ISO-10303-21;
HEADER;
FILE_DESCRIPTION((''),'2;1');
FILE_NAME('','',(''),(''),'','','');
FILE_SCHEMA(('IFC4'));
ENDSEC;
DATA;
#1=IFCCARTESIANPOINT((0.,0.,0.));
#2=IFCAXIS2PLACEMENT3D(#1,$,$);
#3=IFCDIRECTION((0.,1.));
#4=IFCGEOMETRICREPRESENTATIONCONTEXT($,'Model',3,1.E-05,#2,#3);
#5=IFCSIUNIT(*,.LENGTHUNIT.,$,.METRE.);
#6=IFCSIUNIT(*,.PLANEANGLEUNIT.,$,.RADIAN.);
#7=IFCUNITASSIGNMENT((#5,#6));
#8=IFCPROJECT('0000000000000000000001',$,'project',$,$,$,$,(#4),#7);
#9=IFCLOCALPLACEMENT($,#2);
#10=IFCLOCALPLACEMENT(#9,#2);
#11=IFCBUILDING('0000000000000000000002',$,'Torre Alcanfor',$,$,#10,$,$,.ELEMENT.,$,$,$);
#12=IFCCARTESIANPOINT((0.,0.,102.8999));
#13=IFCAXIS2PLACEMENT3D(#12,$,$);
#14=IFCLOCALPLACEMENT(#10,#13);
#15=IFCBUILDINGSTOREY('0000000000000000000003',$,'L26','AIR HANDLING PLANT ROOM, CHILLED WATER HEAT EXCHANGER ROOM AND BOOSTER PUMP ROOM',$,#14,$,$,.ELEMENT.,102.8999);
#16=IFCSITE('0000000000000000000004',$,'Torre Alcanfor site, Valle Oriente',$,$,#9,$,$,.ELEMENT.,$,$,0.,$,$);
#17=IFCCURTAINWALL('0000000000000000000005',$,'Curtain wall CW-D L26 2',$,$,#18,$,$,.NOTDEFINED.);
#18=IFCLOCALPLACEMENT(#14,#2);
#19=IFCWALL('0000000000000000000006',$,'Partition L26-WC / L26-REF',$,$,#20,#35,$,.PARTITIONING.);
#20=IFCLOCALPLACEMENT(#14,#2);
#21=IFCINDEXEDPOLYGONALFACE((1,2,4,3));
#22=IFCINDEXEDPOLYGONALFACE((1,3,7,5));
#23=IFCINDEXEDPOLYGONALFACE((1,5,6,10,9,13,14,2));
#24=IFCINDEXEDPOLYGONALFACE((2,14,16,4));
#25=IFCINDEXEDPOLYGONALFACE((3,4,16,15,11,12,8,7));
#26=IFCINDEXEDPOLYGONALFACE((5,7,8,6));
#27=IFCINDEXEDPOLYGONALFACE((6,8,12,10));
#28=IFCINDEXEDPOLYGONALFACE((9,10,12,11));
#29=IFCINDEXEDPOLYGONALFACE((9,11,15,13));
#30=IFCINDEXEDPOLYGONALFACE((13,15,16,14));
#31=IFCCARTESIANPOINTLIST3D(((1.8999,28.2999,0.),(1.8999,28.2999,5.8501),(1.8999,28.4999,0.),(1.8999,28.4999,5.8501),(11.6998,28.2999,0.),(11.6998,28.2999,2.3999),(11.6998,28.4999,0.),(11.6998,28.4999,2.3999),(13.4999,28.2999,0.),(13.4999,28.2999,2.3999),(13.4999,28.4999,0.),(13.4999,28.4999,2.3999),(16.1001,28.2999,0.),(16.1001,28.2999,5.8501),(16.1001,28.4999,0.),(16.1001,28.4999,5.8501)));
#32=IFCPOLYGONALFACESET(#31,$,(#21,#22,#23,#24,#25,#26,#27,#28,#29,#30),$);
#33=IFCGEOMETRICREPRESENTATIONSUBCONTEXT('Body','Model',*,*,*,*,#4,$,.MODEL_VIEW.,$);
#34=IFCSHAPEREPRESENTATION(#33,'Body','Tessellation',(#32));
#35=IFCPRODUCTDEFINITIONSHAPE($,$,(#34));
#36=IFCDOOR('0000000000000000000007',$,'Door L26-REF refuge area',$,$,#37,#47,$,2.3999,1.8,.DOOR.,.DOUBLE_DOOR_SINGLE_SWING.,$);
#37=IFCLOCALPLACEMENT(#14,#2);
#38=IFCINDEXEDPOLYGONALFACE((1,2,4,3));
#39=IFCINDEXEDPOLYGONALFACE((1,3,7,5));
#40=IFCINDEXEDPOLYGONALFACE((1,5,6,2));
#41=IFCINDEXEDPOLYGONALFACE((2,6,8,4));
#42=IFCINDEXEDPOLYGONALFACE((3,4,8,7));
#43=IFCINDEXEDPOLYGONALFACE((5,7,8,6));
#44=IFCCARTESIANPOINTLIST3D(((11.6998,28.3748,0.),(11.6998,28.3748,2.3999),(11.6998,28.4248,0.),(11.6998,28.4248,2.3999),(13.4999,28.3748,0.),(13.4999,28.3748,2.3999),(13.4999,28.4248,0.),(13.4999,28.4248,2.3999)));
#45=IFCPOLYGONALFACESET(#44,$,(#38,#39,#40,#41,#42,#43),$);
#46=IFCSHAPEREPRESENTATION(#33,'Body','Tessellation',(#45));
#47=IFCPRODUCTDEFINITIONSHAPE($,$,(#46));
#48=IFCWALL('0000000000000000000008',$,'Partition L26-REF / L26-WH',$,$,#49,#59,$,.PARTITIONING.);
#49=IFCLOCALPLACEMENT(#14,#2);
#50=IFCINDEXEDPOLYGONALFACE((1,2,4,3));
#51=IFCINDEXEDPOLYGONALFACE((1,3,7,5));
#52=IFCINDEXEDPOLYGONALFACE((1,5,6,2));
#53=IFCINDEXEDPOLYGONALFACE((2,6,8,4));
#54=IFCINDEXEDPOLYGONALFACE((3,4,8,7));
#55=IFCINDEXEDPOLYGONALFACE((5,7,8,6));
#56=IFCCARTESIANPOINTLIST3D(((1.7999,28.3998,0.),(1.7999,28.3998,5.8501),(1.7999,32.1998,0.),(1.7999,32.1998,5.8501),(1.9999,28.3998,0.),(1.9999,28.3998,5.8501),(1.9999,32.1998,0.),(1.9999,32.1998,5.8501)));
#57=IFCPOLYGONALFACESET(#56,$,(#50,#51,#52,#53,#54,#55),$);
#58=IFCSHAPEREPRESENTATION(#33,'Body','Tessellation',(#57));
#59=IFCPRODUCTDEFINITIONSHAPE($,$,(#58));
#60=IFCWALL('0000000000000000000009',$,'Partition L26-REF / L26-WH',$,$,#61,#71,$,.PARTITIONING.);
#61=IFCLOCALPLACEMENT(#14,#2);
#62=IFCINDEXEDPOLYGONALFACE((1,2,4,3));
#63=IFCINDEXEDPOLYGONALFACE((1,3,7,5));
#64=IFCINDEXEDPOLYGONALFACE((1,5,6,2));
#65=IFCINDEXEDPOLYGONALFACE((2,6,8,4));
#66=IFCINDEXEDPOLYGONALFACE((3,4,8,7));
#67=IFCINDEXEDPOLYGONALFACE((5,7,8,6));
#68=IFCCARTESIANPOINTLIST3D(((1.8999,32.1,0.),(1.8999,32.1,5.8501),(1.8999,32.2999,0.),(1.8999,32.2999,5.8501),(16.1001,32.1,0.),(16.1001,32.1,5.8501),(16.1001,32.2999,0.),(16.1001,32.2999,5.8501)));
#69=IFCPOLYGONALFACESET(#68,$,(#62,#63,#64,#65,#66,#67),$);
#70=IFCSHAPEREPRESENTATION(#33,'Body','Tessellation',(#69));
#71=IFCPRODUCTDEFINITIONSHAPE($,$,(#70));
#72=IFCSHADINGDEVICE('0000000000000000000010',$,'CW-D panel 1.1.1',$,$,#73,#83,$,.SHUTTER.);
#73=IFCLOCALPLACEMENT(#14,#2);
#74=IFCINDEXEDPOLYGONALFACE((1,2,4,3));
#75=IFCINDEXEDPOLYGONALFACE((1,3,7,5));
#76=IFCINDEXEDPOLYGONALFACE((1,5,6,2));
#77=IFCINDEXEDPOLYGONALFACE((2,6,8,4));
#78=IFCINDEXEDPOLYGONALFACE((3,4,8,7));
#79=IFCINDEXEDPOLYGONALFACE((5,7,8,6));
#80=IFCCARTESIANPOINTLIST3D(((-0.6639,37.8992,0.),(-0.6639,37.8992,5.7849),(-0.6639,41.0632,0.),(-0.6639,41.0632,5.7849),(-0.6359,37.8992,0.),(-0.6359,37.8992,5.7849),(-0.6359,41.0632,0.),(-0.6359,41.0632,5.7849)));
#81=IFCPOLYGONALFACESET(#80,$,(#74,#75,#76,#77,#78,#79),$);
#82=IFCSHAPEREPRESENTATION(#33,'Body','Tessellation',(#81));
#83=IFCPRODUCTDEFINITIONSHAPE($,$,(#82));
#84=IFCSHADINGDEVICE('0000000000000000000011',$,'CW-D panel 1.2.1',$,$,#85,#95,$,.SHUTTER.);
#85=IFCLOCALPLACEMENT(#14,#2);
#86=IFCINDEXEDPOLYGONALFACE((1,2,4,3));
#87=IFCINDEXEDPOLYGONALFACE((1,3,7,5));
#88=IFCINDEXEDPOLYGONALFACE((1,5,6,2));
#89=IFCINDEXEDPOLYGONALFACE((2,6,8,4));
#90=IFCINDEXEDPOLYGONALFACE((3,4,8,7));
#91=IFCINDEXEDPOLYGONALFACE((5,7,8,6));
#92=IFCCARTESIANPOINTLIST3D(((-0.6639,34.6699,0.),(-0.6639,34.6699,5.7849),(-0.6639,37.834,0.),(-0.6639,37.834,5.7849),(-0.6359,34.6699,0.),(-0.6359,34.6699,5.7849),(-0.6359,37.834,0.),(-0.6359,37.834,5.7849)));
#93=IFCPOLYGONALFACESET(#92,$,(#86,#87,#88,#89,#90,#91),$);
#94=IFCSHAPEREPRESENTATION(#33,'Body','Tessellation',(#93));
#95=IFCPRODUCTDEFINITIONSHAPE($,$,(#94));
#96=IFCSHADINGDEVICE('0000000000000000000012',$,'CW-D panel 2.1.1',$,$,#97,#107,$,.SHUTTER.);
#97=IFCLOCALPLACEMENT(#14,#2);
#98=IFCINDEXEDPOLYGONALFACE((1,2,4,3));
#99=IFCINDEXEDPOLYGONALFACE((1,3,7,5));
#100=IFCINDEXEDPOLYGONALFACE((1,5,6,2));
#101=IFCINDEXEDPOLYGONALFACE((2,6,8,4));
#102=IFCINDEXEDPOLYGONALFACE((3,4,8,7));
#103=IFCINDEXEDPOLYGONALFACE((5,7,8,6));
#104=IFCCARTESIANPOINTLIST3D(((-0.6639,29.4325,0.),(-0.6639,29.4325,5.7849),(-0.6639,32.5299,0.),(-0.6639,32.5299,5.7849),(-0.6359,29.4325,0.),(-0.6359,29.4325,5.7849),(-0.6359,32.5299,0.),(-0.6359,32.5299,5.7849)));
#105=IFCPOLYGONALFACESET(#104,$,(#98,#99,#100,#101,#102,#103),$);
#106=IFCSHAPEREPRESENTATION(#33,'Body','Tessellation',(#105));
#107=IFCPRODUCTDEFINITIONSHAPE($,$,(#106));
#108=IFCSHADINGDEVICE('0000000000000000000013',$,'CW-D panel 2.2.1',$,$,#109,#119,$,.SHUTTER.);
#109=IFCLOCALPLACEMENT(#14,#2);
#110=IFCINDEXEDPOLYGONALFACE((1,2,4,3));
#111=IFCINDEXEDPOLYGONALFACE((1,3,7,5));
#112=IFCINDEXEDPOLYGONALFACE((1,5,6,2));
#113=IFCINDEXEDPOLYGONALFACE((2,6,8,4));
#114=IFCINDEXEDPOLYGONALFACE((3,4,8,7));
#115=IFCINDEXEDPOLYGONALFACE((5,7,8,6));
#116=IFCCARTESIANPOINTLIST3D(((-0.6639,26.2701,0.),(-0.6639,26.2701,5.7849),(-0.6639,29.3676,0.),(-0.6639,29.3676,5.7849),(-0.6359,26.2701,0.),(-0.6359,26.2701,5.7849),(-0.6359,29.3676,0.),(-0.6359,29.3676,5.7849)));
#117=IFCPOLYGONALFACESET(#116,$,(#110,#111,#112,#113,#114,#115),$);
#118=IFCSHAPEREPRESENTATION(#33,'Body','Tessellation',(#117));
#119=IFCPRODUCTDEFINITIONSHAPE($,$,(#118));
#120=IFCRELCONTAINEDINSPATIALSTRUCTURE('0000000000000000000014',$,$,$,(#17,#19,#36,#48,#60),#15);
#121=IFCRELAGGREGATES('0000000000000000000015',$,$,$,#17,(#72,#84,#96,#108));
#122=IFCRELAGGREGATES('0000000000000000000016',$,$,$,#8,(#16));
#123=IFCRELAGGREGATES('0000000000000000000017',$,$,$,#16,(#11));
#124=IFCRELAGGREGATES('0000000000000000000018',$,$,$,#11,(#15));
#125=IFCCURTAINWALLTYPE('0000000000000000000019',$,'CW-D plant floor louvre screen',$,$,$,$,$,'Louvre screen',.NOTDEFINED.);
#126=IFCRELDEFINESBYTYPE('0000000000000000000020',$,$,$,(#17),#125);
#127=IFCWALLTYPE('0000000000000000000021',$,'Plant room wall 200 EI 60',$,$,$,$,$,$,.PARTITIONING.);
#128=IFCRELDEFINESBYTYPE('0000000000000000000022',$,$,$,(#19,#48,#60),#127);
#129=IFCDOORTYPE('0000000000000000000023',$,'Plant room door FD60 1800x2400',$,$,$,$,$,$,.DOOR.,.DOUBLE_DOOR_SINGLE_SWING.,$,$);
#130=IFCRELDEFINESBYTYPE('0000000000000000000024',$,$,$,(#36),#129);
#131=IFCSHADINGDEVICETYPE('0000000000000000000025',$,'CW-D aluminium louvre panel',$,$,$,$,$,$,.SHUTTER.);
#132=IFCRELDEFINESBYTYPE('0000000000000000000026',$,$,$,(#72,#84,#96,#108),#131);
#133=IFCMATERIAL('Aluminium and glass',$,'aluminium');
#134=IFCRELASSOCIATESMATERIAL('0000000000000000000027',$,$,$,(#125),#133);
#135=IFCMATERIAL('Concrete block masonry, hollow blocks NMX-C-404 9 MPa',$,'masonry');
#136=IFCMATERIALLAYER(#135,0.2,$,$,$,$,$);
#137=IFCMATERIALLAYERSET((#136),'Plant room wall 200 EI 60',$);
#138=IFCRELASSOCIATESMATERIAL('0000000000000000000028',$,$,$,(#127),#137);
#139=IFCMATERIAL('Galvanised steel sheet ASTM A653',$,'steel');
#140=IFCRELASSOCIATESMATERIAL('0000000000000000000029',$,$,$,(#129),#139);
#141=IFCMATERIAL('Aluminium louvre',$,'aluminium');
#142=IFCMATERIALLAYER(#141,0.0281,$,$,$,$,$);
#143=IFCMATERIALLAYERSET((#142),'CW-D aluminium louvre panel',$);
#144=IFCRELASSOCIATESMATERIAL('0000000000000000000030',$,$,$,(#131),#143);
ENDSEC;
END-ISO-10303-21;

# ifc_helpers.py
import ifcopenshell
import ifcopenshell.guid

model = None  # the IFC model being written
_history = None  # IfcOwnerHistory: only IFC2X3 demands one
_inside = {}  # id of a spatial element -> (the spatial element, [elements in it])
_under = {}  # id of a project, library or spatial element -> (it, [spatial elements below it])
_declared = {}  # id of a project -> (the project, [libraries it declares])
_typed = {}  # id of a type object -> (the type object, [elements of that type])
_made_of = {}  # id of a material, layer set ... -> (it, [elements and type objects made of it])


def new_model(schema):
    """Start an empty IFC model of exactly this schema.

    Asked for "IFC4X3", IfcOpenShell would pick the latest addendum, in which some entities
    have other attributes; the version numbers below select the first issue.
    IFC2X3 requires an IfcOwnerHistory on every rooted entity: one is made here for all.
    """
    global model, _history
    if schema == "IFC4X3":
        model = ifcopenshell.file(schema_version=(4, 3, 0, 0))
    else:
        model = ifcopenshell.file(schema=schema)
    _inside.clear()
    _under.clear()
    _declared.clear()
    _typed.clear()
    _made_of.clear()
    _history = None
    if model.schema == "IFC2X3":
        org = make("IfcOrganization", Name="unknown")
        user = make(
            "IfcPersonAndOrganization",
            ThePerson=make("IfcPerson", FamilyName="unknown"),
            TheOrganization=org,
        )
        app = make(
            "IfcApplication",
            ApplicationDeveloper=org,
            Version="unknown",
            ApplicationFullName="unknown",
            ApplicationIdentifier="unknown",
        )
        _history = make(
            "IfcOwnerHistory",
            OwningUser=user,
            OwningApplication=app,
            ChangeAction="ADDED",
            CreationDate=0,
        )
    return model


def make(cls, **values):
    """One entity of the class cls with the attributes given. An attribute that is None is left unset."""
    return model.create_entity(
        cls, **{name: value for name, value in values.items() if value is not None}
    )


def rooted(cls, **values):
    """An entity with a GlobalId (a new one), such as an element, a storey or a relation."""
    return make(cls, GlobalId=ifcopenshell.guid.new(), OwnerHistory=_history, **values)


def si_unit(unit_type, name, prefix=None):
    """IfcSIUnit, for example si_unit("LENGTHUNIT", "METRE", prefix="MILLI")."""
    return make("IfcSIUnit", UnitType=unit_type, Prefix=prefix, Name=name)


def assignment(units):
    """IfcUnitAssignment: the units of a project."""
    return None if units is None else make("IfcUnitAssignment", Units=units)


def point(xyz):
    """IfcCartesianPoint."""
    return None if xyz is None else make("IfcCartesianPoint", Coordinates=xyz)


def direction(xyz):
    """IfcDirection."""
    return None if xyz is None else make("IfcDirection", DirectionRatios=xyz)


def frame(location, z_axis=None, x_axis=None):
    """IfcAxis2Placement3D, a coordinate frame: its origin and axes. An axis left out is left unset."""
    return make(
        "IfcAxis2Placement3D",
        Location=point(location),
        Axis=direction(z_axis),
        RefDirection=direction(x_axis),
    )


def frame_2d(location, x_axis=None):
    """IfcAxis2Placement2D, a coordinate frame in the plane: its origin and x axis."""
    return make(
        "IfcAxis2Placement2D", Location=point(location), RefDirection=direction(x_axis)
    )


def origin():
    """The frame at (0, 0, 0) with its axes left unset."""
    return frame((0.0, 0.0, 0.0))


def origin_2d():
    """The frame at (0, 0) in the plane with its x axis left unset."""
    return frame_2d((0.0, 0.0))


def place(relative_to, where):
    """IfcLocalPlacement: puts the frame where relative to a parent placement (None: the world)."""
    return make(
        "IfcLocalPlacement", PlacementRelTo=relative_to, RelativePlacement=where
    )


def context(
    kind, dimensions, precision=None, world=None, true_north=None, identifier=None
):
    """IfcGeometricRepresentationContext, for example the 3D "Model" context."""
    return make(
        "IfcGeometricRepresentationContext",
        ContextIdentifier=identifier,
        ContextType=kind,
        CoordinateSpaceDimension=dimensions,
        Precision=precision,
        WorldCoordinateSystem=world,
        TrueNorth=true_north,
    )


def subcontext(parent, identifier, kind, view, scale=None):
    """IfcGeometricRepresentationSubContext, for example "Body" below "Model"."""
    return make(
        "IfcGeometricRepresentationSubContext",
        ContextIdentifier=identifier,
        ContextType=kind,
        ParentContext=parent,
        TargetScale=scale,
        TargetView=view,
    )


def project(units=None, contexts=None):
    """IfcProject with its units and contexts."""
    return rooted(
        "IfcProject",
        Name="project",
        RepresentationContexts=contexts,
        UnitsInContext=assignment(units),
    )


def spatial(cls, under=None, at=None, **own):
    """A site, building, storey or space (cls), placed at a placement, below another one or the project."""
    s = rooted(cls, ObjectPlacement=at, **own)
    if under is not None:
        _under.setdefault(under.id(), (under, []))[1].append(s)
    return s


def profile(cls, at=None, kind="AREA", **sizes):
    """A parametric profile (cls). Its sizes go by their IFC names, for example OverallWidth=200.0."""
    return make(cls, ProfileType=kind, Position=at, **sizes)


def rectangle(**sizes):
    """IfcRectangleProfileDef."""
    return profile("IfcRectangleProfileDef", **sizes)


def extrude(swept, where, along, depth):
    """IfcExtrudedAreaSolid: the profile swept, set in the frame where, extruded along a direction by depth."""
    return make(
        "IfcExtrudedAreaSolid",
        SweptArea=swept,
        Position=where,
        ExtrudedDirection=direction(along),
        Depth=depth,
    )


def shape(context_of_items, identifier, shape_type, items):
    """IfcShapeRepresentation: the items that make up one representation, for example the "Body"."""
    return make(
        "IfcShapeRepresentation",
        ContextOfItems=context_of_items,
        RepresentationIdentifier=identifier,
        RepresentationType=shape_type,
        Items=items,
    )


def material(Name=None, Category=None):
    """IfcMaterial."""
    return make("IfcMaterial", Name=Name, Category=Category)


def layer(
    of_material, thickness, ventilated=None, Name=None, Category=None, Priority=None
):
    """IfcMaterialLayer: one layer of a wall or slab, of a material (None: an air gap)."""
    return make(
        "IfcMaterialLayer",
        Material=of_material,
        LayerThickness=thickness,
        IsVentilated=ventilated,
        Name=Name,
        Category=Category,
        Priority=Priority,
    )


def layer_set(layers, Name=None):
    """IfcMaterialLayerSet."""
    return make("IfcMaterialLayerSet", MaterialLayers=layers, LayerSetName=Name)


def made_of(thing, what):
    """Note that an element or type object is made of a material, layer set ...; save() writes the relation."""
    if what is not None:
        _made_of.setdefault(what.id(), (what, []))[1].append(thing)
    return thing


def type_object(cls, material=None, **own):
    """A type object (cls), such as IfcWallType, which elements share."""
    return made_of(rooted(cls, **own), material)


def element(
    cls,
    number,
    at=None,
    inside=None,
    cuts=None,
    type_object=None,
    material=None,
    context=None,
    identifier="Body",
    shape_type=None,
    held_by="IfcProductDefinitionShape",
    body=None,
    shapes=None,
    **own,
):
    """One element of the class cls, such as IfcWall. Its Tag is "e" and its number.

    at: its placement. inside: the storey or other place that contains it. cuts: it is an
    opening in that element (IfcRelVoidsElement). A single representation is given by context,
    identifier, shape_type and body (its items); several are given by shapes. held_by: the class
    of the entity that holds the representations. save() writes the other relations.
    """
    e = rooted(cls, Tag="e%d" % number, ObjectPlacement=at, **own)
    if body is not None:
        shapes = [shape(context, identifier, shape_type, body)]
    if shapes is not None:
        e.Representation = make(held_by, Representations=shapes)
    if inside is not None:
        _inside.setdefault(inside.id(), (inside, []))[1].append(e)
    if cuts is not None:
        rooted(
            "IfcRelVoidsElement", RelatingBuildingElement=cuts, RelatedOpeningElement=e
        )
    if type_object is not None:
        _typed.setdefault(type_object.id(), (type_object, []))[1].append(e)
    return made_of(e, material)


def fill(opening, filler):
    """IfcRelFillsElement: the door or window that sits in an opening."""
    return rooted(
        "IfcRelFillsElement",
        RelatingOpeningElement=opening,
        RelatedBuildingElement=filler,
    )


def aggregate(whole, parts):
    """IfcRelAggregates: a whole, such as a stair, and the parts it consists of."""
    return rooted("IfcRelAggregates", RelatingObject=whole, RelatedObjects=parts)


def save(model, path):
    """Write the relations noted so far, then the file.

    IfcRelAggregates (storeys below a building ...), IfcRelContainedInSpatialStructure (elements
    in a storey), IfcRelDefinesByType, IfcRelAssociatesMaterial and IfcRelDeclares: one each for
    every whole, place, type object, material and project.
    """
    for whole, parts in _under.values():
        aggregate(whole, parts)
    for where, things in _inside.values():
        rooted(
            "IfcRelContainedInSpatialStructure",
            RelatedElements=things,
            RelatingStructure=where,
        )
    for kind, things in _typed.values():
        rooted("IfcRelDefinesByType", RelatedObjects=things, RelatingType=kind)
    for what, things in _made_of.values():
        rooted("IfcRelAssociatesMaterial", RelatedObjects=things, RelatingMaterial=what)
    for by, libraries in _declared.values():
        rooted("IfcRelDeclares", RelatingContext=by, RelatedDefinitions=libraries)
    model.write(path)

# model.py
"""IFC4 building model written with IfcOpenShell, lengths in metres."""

from ifc_helpers import new_model, si_unit, direction, frame, frame_2d, origin, origin_2d, place, context, subcontext, project, spatial, rectangle, extrude, material, layer, layer_set, type_object, element, fill, aggregate, save


model = new_model("IFC4")

# Units and contexts
model_context = context("Model", 3, precision=1e-05, world=origin(), true_north=direction((0.0, 1.0)))
body_context = subcontext(model_context, "Body", "Model", "MODEL_VIEW")
ifc_project = project(units=[si_unit("LENGTHUNIT", "METRE"), si_unit("PLANEANGLEUNIT", "RADIAN")], contexts=[model_context])

# Site, building, storey
site_placement = place(None, origin())
site = spatial("IfcSite", under=ifc_project, at=site_placement, Name="Torre Alcanfor site, Valle Oriente", CompositionType="ELEMENT", RefElevation=0.0)
building_placement = place(site_placement, origin())
building = spatial("IfcBuilding", under=site, at=building_placement, Name="Torre Alcanfor", CompositionType="ELEMENT")
storey_placement = place(building_placement, frame((0.0, 0.0, 102.8999)))
storey = spatial("IfcBuildingStorey", under=building, at=storey_placement, Name="L26", Description="AIR HANDLING PLANT ROOM, CHILLED WATER HEAT EXCHANGER ROOM AND BOOSTER PUMP ROOM", CompositionType="ELEMENT", Elevation=102.8999)

# Curtain wall
ifc_material_1 = material(Name="Aluminium and glass", Category="aluminium")
curtain_wall_type = type_object("IfcCurtainWallType", Name="CW-D plant floor louvre screen", ElementType="Louvre screen", PredefinedType="NOTDEFINED", material=ifc_material_1)
curtain_wall_placement = place(storey_placement, origin())
curtain_wall = element("IfcCurtainWall", 1, at=curtain_wall_placement, inside=storey, type_object=curtain_wall_type, Name="Curtain wall CW-D L26 2", PredefinedType="NOTDEFINED")

# Wall, opening, door
ifc_material_2 = material(Name="Concrete block masonry, hollow blocks NMX-C-404 9 MPa", Category="masonry")
ifc_layer_1 = layer(ifc_material_2, 0.2)
ifc_layer_set_1 = layer_set([ifc_layer_1], Name="Plant room wall 200 EI 60")
wall_type = type_object("IfcWallType", Name="Plant room wall 200 EI 60", PredefinedType="PARTITIONING", material=ifc_layer_set_1)
wall_1_placement = place(storey_placement, frame((1.8999, 28.3999, 0.0), z_axis=(0.0, 0.0, 1.0), x_axis=(1.0, 0.0, 0.0)))
wall_1 = element("IfcWall", 2, at=wall_1_placement, inside=storey, type_object=wall_type, Name="Partition L26-WC / L26-REF", PredefinedType="PARTITIONING", context=body_context, shape_type="SweptSolid", body=[
    extrude(rectangle(XDim=14.2002, YDim=0.2, at=frame_2d((7.1001, 0.0))), origin(), (0.0, 0.0, 1.0), 5.8501),
])
opening_placement = place(wall_1_placement, frame((9.8, 0.0, 0.0)))
opening = element("IfcOpeningElement", 3, at=opening_placement, cuts=wall_1, PredefinedType="OPENING", context=body_context, shape_type="SweptSolid", body=[
    extrude(rectangle(XDim=1.8, YDim=2.3999, at=frame_2d((0.8999, 1.2))), frame((0.0, 0.1099, 0.0), z_axis=(0.0, -1.0, 0.0), x_axis=(1.0, 0.0, 0.0)), (0.0, 0.0, 1.0), 0.22),
])
ifc_material_3 = material(Name="Galvanised steel sheet ASTM A653", Category="steel")
door_type = type_object("IfcDoorType", Name="Plant room door FD60 1800x2400", OperationType="DOUBLE_DOOR_SINGLE_SWING", PredefinedType="DOOR", material=ifc_material_3)
door_placement = place(opening_placement, frame((1.8, 0.0, 0.0), z_axis=(0.0, 0.0, 1.0), x_axis=(-1.0, 0.0, 0.0)))
door = element("IfcDoor", 4, at=door_placement, inside=storey, type_object=door_type, Name="Door L26-REF refuge area", OperationType="DOUBLE_DOOR_SINGLE_SWING", OverallHeight=2.3999, OverallWidth=1.8, PredefinedType="DOOR", context=body_context, shape_type="SweptSolid", body=[
    extrude(rectangle(XDim=1.8, YDim=2.3999, at=frame_2d((0.9001, 1.2))), frame((0.0, 0.0251, 0.0), z_axis=(0.0, -1.0, 0.0), x_axis=(1.0, 0.0, 0.0)), (0.0, 0.0, 1.0), 0.05),
])
fill(opening, door)

# Walls
wall_2_placement = place(storey_placement, frame((1.8999, 28.3999, 0.0), z_axis=(0.0, 0.0, 1.0), x_axis=(0.0, 1.0, 0.0)))
element("IfcWall", 5, at=wall_2_placement, inside=storey, type_object=wall_type, Name="Partition L26-REF / L26-WH", PredefinedType="PARTITIONING", context=body_context, shape_type="SweptSolid", body=[
    extrude(rectangle(XDim=3.8, YDim=0.2, at=frame_2d((1.8999, 0.0))), origin(), (0.0, 0.0, 1.0), 5.8501),
])
wall_3_placement = place(storey_placement, frame((1.8999, 32.2, 0.0), z_axis=(0.0, 0.0, 1.0), x_axis=(1.0, 0.0, 0.0)))
element("IfcWall", 6, at=wall_3_placement, inside=storey, type_object=wall_type, Name="Partition L26-REF / L26-WH", PredefinedType="PARTITIONING", context=body_context, shape_type="SweptSolid", body=[
    extrude(rectangle(XDim=14.2002, YDim=0.2, at=frame_2d((7.1001, 0.0))), origin(), (0.0, 0.0, 1.0), 5.8501),
])

# Shading devices
ifc_material_4 = material(Name="Aluminium louvre", Category="aluminium")
ifc_layer_2 = layer(ifc_material_4, 0.0281)
ifc_layer_set_2 = layer_set([ifc_layer_2], Name="CW-D aluminium louvre panel")
shading_device_type = type_object("IfcShadingDeviceType", Name="CW-D aluminium louvre panel", PredefinedType="SHUTTER", material=ifc_layer_set_2)
shading_device_1_placement = place(storey_placement, frame((-0.6499, 39.4812, 0.0), z_axis=(0.0, 0.0, 1.0), x_axis=(0.0, -1.0, 0.0)))
shading_device_1 = element("IfcShadingDevice", 7, at=shading_device_1_placement, type_object=shading_device_type, Name="CW-D panel 1.1.1", PredefinedType="SHUTTER", context=body_context, shape_type="SweptSolid", body=[
    extrude(rectangle(XDim=3.1641, YDim=0.0281, at=origin_2d()), origin(), (0.0, 0.0, 1.0), 5.7849),
])
shading_device_2_placement = place(storey_placement, frame((-0.6499, 36.252, 0.0), z_axis=(0.0, 0.0, 1.0), x_axis=(0.0, -1.0, 0.0)))
shading_device_2 = element("IfcShadingDevice", 8, at=shading_device_2_placement, type_object=shading_device_type, Name="CW-D panel 1.2.1", PredefinedType="SHUTTER", context=body_context, shape_type="SweptSolid", body=[
    extrude(rectangle(XDim=3.1641, YDim=0.0281, at=origin_2d()), origin(), (0.0, 0.0, 1.0), 5.7849),
])
shading_device_3_placement = place(storey_placement, frame((-0.6499, 30.9812, 0.0), z_axis=(0.0, 0.0, 1.0), x_axis=(0.0, -1.0, 0.0)))
shading_device_3 = element("IfcShadingDevice", 9, at=shading_device_3_placement, type_object=shading_device_type, Name="CW-D panel 2.1.1", PredefinedType="SHUTTER", context=body_context, shape_type="SweptSolid", body=[
    extrude(rectangle(XDim=3.0974, YDim=0.0281, at=origin_2d()), origin(), (0.0, 0.0, 1.0), 5.7849),
])
shading_device_4_placement = place(storey_placement, frame((-0.6499, 27.8188, 0.0), z_axis=(0.0, 0.0, 1.0), x_axis=(0.0, -1.0, 0.0)))
shading_device_4 = element("IfcShadingDevice", 10, at=shading_device_4_placement, type_object=shading_device_type, Name="CW-D panel 2.2.1", PredefinedType="SHUTTER", context=body_context, shape_type="SweptSolid", body=[
    extrude(rectangle(XDim=3.0974, YDim=0.0281, at=origin_2d()), origin(), (0.0, 0.0, 1.0), 5.7849),
])
aggregate(curtain_wall, [shading_device_1, shading_device_2, shading_device_3, shading_device_4])

save(model, "model.ifc")
